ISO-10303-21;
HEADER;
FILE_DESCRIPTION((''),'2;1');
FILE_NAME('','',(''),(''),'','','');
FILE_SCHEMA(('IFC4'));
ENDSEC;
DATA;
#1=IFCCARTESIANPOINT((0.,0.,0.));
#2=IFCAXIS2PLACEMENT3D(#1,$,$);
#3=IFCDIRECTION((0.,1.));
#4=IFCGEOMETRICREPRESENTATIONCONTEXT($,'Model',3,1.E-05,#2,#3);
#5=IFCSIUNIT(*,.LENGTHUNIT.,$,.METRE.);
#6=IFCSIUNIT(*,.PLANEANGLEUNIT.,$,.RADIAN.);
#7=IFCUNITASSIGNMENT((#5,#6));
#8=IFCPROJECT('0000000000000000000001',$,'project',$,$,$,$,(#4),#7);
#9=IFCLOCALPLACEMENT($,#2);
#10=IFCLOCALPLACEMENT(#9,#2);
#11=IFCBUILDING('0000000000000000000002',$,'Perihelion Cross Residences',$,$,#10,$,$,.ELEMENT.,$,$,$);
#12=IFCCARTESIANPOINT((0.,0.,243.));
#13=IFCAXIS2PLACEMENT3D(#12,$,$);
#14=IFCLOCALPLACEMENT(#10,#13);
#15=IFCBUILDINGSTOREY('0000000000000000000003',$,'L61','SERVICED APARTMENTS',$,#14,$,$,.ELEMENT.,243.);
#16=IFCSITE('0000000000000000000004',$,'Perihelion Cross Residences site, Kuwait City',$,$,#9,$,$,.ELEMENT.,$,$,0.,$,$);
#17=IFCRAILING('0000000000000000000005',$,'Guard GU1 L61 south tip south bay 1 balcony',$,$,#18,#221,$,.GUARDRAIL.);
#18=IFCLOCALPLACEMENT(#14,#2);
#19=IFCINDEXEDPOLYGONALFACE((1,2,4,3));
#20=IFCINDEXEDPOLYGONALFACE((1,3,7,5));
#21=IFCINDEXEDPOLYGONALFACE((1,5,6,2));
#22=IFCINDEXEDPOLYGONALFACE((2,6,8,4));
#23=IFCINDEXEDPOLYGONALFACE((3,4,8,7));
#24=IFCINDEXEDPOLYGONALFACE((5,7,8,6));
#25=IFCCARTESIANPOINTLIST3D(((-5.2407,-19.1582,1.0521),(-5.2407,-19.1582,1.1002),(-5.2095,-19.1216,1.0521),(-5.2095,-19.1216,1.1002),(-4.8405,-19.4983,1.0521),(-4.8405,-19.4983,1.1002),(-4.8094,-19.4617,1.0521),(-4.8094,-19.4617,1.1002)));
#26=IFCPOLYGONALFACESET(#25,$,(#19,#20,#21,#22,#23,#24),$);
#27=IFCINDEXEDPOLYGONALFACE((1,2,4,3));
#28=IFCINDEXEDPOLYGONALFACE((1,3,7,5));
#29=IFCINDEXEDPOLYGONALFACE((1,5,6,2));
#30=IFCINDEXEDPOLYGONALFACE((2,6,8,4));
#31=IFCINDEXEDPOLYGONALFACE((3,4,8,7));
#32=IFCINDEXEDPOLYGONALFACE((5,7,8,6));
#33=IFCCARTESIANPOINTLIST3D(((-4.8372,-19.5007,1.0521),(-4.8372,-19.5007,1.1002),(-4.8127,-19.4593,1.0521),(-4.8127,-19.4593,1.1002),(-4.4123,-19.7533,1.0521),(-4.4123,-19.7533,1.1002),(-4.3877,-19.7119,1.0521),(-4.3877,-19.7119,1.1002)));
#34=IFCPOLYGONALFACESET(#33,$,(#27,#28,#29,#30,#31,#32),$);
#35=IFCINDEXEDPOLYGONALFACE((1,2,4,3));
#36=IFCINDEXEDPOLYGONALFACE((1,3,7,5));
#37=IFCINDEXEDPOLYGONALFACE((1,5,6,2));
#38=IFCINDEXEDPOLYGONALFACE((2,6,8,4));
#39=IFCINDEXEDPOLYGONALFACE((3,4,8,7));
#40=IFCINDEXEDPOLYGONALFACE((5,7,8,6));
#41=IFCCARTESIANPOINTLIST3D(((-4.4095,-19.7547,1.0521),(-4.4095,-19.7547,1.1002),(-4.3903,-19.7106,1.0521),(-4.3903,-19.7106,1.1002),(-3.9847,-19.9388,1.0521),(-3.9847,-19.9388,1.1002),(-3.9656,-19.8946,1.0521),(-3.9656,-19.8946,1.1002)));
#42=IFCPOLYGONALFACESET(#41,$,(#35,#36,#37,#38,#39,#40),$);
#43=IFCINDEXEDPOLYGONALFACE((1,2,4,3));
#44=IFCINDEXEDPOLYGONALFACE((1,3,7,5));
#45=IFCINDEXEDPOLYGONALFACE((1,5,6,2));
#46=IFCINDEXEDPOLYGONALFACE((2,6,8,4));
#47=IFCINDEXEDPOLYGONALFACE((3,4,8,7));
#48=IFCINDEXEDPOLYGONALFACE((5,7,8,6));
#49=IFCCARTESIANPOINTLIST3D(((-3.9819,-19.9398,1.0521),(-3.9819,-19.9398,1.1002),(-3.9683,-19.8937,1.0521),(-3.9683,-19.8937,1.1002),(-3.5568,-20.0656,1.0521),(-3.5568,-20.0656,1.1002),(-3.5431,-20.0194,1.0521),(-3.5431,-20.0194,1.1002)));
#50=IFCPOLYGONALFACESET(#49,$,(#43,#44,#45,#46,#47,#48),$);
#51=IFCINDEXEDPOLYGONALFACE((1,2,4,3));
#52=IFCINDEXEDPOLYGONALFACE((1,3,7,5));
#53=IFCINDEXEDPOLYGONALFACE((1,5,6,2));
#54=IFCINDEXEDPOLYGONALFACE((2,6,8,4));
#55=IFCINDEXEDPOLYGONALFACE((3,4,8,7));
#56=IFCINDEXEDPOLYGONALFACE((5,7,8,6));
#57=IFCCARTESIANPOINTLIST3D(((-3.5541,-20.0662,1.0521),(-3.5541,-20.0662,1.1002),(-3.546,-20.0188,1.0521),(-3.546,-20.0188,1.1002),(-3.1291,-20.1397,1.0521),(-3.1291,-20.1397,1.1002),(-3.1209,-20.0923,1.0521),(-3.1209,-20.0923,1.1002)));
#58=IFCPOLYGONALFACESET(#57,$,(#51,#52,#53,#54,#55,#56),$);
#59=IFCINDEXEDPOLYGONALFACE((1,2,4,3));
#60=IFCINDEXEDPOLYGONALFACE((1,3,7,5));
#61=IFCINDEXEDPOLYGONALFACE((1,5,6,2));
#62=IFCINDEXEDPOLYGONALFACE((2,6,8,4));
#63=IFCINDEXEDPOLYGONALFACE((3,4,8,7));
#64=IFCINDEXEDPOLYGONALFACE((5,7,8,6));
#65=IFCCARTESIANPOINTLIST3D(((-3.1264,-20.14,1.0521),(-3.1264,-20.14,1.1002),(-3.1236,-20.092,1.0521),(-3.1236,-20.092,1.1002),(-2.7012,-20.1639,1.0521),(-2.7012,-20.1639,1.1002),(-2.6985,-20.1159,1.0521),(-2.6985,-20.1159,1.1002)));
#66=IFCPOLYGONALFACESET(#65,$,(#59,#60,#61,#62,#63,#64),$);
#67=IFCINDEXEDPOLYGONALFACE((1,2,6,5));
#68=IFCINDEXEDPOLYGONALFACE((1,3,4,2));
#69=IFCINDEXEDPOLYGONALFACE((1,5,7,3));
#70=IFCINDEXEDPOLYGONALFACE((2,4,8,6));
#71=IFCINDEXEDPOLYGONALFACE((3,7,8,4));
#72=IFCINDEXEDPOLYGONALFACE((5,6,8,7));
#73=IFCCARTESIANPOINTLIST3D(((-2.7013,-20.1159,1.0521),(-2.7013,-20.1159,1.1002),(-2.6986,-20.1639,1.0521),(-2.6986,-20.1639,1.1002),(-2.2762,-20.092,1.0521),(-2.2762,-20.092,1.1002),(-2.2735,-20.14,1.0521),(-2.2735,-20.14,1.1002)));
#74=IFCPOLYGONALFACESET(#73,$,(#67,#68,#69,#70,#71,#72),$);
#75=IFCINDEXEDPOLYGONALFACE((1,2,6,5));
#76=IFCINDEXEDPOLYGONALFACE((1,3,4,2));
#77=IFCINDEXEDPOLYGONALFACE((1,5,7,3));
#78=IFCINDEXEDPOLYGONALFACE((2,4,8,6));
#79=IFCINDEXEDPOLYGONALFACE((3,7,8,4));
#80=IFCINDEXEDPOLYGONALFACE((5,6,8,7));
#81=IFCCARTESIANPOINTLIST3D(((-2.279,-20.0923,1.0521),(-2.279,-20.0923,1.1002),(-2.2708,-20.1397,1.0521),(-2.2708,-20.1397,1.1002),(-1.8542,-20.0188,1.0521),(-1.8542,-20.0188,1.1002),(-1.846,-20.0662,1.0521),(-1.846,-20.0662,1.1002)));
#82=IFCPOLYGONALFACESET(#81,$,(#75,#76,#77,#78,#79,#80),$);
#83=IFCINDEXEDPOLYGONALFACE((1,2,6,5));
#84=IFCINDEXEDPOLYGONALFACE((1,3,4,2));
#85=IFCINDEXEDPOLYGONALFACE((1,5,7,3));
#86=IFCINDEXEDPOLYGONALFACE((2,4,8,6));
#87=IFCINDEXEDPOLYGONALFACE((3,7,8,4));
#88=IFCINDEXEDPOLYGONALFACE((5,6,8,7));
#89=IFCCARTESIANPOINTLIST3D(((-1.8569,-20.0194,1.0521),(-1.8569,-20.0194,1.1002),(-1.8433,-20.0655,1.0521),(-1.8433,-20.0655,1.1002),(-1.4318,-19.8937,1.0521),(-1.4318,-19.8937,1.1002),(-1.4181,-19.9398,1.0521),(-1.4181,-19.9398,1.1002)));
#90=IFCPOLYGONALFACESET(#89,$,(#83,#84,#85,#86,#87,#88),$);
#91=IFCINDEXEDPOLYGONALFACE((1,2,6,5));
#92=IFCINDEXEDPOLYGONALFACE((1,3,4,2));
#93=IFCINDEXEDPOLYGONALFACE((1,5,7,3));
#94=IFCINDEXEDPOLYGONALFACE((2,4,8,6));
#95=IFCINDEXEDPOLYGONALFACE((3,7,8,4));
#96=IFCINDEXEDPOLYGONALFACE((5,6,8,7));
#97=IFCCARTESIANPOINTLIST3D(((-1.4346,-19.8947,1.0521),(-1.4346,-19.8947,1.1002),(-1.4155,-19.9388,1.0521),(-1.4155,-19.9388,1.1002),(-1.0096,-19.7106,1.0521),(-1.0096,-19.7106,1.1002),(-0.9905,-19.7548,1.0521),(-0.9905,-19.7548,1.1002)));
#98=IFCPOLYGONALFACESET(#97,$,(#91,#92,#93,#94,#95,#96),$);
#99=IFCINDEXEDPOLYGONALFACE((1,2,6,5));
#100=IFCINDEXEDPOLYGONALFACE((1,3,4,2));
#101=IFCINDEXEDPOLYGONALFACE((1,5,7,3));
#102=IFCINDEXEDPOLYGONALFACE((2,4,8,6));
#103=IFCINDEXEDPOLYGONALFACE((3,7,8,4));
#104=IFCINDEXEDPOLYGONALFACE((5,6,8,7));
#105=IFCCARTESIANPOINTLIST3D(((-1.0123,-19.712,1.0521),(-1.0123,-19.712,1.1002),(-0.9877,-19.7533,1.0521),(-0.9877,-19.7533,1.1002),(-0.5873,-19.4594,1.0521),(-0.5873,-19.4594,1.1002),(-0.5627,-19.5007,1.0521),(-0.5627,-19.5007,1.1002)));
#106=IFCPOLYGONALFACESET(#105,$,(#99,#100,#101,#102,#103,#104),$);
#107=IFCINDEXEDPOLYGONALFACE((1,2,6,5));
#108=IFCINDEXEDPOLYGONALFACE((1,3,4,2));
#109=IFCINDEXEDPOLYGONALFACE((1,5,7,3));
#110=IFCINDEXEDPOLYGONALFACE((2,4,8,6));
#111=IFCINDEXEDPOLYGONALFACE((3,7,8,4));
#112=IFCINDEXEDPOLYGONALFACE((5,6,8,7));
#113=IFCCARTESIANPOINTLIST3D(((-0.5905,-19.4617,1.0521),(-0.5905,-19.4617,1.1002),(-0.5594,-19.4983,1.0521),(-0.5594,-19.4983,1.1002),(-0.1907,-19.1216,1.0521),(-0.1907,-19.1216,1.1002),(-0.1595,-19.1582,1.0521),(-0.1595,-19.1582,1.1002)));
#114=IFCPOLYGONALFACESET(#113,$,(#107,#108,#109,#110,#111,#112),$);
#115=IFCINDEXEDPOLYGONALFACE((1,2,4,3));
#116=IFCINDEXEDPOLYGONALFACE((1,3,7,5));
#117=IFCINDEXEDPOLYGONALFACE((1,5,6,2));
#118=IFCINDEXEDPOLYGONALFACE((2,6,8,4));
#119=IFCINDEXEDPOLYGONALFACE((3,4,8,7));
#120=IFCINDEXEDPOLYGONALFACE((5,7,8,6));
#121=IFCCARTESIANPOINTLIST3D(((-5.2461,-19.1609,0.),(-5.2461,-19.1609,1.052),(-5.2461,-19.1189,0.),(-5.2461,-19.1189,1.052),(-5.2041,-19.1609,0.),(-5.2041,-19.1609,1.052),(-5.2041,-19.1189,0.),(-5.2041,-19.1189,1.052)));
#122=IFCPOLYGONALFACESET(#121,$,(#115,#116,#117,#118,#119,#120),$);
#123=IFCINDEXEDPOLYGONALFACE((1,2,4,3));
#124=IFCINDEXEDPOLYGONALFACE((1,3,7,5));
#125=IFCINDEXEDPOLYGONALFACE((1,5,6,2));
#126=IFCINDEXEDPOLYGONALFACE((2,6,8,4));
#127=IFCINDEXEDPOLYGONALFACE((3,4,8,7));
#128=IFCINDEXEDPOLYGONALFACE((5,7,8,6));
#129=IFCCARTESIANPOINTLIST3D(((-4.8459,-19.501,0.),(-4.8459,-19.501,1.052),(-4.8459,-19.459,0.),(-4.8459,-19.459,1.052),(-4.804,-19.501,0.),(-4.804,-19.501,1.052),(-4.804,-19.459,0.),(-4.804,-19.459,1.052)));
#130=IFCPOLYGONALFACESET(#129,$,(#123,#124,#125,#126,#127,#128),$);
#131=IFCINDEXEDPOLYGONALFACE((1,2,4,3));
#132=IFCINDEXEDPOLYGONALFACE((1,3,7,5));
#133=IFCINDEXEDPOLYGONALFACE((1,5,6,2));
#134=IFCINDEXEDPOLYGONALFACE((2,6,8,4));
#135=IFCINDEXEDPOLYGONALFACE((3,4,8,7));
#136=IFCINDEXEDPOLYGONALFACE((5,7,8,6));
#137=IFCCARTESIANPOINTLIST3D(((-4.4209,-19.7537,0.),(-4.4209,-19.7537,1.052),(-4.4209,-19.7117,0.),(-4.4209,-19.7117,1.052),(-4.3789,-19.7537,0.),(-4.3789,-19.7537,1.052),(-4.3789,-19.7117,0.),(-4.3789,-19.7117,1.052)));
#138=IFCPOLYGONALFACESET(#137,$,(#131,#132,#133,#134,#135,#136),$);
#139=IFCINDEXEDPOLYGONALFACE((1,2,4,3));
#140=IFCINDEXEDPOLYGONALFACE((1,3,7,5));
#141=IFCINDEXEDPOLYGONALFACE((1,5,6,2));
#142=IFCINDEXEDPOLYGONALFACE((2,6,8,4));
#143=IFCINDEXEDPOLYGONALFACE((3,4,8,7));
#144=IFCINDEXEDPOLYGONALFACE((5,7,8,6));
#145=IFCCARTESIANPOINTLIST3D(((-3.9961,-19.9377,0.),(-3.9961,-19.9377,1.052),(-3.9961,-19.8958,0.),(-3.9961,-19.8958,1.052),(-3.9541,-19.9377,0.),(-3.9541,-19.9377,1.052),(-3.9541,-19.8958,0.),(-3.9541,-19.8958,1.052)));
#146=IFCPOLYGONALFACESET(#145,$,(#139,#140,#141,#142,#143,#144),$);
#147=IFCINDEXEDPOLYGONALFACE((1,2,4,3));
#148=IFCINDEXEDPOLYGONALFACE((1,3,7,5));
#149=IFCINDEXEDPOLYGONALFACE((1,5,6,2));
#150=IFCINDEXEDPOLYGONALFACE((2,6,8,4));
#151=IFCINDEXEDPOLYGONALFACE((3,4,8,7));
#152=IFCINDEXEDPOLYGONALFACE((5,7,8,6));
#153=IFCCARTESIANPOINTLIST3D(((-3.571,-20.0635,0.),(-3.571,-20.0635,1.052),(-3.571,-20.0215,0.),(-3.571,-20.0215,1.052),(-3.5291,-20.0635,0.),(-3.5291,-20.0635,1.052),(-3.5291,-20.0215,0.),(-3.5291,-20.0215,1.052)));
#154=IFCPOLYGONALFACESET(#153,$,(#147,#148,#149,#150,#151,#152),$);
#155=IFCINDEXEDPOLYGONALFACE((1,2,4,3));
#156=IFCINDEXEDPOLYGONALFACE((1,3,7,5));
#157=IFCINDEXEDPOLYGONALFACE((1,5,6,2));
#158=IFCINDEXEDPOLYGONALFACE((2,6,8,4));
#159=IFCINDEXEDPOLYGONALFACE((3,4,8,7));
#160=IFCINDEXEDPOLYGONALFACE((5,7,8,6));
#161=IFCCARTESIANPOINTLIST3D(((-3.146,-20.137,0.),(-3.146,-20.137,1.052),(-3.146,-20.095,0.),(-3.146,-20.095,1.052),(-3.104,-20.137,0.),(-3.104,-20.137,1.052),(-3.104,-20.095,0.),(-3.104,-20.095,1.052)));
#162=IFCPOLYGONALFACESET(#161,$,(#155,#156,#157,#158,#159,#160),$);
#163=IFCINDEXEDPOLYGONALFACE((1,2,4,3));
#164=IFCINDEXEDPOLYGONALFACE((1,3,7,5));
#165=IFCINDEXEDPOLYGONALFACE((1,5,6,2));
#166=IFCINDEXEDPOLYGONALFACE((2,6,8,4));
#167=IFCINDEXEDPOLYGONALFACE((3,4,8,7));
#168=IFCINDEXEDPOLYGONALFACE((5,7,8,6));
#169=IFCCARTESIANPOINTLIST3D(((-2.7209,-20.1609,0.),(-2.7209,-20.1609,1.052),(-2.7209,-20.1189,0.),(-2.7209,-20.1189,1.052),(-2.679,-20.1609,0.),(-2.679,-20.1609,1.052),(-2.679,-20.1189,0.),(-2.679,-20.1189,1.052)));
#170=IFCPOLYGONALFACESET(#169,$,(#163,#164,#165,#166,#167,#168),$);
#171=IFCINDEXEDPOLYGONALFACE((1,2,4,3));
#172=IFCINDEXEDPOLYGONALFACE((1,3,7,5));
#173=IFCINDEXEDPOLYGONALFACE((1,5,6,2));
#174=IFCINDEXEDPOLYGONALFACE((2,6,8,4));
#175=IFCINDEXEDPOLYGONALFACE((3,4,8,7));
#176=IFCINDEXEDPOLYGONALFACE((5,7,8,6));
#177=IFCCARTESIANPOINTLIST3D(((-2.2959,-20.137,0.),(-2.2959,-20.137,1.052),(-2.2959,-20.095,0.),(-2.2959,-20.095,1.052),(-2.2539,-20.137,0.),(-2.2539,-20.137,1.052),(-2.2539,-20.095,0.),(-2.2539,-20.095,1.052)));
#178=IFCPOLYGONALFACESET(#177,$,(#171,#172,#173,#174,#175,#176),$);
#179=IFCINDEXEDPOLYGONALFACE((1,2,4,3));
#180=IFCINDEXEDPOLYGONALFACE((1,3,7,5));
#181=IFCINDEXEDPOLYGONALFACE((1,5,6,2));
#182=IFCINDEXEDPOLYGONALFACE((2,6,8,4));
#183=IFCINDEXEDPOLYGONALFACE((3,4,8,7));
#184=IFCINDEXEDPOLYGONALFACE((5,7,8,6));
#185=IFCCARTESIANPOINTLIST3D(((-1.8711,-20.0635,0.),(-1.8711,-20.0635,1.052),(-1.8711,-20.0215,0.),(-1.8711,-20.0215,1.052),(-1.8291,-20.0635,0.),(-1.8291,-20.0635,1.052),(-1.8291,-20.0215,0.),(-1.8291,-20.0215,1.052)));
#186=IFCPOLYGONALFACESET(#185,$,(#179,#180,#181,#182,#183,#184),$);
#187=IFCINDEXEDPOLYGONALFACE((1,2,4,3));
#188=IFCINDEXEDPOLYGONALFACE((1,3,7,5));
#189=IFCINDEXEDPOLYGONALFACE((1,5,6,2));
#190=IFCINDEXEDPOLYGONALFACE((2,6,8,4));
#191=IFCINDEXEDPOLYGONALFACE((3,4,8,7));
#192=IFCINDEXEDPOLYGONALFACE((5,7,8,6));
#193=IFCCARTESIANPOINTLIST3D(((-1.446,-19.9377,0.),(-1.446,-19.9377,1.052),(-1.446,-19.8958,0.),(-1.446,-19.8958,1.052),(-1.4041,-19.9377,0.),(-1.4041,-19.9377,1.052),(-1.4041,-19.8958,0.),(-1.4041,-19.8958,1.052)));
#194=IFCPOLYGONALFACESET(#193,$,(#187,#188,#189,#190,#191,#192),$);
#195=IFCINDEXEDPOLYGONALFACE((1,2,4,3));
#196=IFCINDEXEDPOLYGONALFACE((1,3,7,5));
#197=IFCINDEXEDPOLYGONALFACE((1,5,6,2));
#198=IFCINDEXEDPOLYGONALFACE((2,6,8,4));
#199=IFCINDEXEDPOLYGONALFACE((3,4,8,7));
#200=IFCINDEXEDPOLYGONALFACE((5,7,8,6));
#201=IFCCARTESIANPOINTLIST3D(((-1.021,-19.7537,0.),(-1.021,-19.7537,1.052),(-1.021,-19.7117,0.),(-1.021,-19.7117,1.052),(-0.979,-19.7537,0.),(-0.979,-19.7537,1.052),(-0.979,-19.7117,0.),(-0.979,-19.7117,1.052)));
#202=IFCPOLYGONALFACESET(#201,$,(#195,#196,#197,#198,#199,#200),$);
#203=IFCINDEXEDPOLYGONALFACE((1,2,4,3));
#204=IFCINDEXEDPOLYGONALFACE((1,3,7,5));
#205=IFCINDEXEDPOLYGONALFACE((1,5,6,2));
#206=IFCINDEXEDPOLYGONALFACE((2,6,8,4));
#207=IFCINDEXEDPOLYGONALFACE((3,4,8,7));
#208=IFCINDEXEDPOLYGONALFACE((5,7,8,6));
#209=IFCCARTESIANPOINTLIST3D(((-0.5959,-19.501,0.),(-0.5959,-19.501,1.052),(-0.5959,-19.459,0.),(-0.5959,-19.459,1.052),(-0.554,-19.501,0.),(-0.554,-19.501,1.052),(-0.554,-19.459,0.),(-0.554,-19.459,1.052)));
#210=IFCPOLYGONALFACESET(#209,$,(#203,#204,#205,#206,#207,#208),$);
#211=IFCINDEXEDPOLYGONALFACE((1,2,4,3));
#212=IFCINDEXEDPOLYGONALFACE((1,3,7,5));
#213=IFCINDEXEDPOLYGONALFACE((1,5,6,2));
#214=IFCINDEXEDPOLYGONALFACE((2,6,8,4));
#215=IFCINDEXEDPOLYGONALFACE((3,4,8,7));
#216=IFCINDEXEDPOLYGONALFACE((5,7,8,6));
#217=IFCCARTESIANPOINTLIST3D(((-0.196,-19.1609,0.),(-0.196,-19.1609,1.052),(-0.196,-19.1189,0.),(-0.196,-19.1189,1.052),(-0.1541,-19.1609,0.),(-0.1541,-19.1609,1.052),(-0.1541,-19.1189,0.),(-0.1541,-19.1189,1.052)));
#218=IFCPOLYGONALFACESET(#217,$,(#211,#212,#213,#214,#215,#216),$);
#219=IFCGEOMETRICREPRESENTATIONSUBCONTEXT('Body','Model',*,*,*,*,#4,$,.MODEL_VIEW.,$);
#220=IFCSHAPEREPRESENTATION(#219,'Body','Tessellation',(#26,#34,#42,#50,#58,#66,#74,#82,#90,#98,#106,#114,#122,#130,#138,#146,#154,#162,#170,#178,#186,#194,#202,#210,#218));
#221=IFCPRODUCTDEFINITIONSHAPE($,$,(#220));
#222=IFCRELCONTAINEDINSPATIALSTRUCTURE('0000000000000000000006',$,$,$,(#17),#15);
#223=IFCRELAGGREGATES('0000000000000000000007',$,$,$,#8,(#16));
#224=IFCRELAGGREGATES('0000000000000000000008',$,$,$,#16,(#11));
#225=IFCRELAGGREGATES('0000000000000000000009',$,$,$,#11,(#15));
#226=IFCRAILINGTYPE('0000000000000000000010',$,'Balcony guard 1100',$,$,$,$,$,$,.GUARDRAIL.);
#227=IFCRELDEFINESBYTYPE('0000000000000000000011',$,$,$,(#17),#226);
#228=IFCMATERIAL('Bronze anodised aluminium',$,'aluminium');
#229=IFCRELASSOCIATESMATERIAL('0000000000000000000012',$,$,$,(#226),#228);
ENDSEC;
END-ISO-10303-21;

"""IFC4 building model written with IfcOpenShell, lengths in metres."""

from ifc_helpers import new_model, si_unit, direction, frame, origin, origin_2d, place, context, subcontext, project, spatial, rectangle, extrude, material, type_object, element, save


model = new_model("IFC4")

# Units and contexts
model_context = context("Model", 3, precision=1e-05, world=origin(), true_north=direction((0.0, 1.0)))
body_context = subcontext(model_context, "Body", "Model", "MODEL_VIEW")
ifc_project = project(units=[si_unit("LENGTHUNIT", "METRE"), si_unit("PLANEANGLEUNIT", "RADIAN")], contexts=[model_context])

# Site, building, storey
site_placement = place(None, origin())
site = spatial("IfcSite", under=ifc_project, at=site_placement, Name="Perihelion Cross Residences site, Kuwait City", CompositionType="ELEMENT", RefElevation=0.0)
building_placement = place(site_placement, origin())
building = spatial("IfcBuilding", under=site, at=building_placement, Name="Perihelion Cross Residences", CompositionType="ELEMENT")
storey_placement = place(building_placement, frame((0.0, 0.0, 243.0)))
storey = spatial("IfcBuildingStorey", under=building, at=storey_placement, Name="L61", Description="SERVICED APARTMENTS", CompositionType="ELEMENT", Elevation=243.0)

# Railing
ifc_material_1 = material(Name="Bronze anodised aluminium", Category="aluminium")
railing_type = type_object("IfcRailingType", Name="Balcony guard 1100", PredefinedType="GUARDRAIL", material=ifc_material_1)
railing_1_placement = place(storey_placement, frame((-5.2251, -19.1399, 0.0)))
element("IfcRailing", 1, at=railing_1_placement, inside=storey, type_object=railing_type, Name="Guard GU1 L61 south tip south bay 1 balcony", PredefinedType="GUARDRAIL", context=body_context, shape_type="SweptSolid", body=[
    extrude(rectangle(XDim=0.0481, YDim=0.0481, at=origin_2d()), frame((0.0, 0.0, 1.0762), z_axis=(0.761974, -0.647608, 0.0), x_axis=(0.647608, 0.761974, 0.0)), (0.0, 0.0, 1.0), 0.5251),
    extrude(rectangle(XDim=0.0481, YDim=0.0481, at=origin_2d()), frame((0.4001, -0.3401, 1.0762), z_axis=(0.859577, -0.511006, 0.0), x_axis=(0.511006, 0.859577, 0.0)), (0.0, 0.0, 1.0), 0.4944),
    extrude(rectangle(XDim=0.0481, YDim=0.0481, at=origin_2d()), frame((0.8252, -0.5928, 1.0762), z_axis=(0.917556, -0.397607, 0.0), x_axis=(0.397607, 0.917556, 0.0)), (0.0, 0.0, 1.0), 0.4629),
    extrude(rectangle(XDim=0.0481, YDim=0.0481, at=origin_2d()), frame((1.25, -0.7769, 1.0762), z_axis=(0.958926, -0.283657, 0.0), x_axis=(0.283657, 0.958926, 0.0)), (0.0, 0.0, 1.0), 0.4434),
    extrude(rectangle(XDim=0.0481, YDim=0.0481, at=origin_2d()), frame((1.675, -0.9026, 1.0762), z_axis=(0.985382, -0.170362, 0.0), x_axis=(0.170362, 0.985382, 0.0)), (0.0, 0.0, 1.0), 0.4314),
    extrude(rectangle(XDim=0.0481, YDim=0.0481, at=origin_2d()), frame((2.1001, -0.9761, 1.0762), z_axis=(0.99842, -0.056201, 0.0), x_axis=(0.056201, 0.99842, 0.0)), (0.0, 0.0, 1.0), 0.4258),
    extrude(rectangle(XDim=0.0481, YDim=0.0481, at=origin_2d()), frame((2.5251, -1.0, 1.0762), z_axis=(0.99842, 0.056201, 0.0), x_axis=(-0.056201, 0.99842, 0.0)), (0.0, 0.0, 1.0), 0.4258),
    extrude(rectangle(XDim=0.0481, YDim=0.0481, at=origin_2d()), frame((2.9502, -0.9761, 1.0762), z_axis=(0.985365, 0.170457, 0.0), x_axis=(-0.170457, 0.985365, 0.0)), (0.0, 0.0, 1.0), 0.4312),
    extrude(rectangle(XDim=0.0481, YDim=0.0481, at=origin_2d()), frame((3.375, -0.9026, 1.0762), z_axis=(0.958926, 0.283657, 0.0), x_axis=(-0.283657, 0.958926, 0.0)), (0.0, 0.0, 1.0), 0.4434),
    extrude(rectangle(XDim=0.0481, YDim=0.0481, at=origin_2d()), frame((3.8, -0.7769, 1.0762), z_axis=(0.917639, 0.397415, 0.0), x_axis=(-0.397415, 0.917639, 0.0)), (0.0, 0.0, 1.0), 0.4631),
    extrude(rectangle(XDim=0.0481, YDim=0.0481, at=origin_2d()), frame((4.2251, -0.5928, 1.0762), z_axis=(0.859577, 0.511006, 0.0), x_axis=(-0.511006, 0.859577, 0.0)), (0.0, 0.0, 1.0), 0.4944),
    extrude(rectangle(XDim=0.0481, YDim=0.0481, at=origin_2d()), frame((4.6501, -0.3401, 1.0762), z_axis=(0.761779, 0.647837, 0.0), x_axis=(-0.647837, 0.761779, 0.0)), (0.0, 0.0, 1.0), 0.5249),
    extrude(rectangle(XDim=0.042, YDim=0.042, at=origin_2d()), origin(), (0.0, 0.0, 1.0), 1.052),
    extrude(rectangle(XDim=0.042, YDim=0.042, at=origin_2d()), frame((0.4001, -0.3401, 0.0)), (0.0, 0.0, 1.0), 1.052),
    extrude(rectangle(XDim=0.042, YDim=0.042, at=origin_2d()), frame((0.8252, -0.5928, 0.0)), (0.0, 0.0, 1.0), 1.052),
    extrude(rectangle(XDim=0.042, YDim=0.042, at=origin_2d()), frame((1.25, -0.7769, 0.0)), (0.0, 0.0, 1.0), 1.052),
    extrude(rectangle(XDim=0.042, YDim=0.042, at=origin_2d()), frame((1.675, -0.9026, 0.0)), (0.0, 0.0, 1.0), 1.052),
    extrude(rectangle(XDim=0.042, YDim=0.042, at=origin_2d()), frame((2.1001, -0.9761, 0.0)), (0.0, 0.0, 1.0), 1.052),
    extrude(rectangle(XDim=0.042, YDim=0.042, at=origin_2d()), frame((2.5251, -1.0, 0.0)), (0.0, 0.0, 1.0), 1.052),
    extrude(rectangle(XDim=0.042, YDim=0.042, at=origin_2d()), frame((2.9502, -0.9761, 0.0)), (0.0, 0.0, 1.0), 1.052),
    extrude(rectangle(XDim=0.042, YDim=0.042, at=origin_2d()), frame((3.375, -0.9026, 0.0)), (0.0, 0.0, 1.0), 1.052),
    extrude(rectangle(XDim=0.042, YDim=0.042, at=origin_2d()), frame((3.8, -0.7769, 0.0)), (0.0, 0.0, 1.0), 1.052),
    extrude(rectangle(XDim=0.042, YDim=0.042, at=origin_2d()), frame((4.2251, -0.5928, 0.0)), (0.0, 0.0, 1.0), 1.052),
    extrude(rectangle(XDim=0.042, YDim=0.042, at=origin_2d()), frame((4.6501, -0.3401, 0.0)), (0.0, 0.0, 1.0), 1.052),
    extrude(rectangle(XDim=0.042, YDim=0.042, at=origin_2d()), frame((5.05, 0.0, 0.0)), (0.0, 0.0, 1.0), 1.052),
])

save(model, "model.ifc")
